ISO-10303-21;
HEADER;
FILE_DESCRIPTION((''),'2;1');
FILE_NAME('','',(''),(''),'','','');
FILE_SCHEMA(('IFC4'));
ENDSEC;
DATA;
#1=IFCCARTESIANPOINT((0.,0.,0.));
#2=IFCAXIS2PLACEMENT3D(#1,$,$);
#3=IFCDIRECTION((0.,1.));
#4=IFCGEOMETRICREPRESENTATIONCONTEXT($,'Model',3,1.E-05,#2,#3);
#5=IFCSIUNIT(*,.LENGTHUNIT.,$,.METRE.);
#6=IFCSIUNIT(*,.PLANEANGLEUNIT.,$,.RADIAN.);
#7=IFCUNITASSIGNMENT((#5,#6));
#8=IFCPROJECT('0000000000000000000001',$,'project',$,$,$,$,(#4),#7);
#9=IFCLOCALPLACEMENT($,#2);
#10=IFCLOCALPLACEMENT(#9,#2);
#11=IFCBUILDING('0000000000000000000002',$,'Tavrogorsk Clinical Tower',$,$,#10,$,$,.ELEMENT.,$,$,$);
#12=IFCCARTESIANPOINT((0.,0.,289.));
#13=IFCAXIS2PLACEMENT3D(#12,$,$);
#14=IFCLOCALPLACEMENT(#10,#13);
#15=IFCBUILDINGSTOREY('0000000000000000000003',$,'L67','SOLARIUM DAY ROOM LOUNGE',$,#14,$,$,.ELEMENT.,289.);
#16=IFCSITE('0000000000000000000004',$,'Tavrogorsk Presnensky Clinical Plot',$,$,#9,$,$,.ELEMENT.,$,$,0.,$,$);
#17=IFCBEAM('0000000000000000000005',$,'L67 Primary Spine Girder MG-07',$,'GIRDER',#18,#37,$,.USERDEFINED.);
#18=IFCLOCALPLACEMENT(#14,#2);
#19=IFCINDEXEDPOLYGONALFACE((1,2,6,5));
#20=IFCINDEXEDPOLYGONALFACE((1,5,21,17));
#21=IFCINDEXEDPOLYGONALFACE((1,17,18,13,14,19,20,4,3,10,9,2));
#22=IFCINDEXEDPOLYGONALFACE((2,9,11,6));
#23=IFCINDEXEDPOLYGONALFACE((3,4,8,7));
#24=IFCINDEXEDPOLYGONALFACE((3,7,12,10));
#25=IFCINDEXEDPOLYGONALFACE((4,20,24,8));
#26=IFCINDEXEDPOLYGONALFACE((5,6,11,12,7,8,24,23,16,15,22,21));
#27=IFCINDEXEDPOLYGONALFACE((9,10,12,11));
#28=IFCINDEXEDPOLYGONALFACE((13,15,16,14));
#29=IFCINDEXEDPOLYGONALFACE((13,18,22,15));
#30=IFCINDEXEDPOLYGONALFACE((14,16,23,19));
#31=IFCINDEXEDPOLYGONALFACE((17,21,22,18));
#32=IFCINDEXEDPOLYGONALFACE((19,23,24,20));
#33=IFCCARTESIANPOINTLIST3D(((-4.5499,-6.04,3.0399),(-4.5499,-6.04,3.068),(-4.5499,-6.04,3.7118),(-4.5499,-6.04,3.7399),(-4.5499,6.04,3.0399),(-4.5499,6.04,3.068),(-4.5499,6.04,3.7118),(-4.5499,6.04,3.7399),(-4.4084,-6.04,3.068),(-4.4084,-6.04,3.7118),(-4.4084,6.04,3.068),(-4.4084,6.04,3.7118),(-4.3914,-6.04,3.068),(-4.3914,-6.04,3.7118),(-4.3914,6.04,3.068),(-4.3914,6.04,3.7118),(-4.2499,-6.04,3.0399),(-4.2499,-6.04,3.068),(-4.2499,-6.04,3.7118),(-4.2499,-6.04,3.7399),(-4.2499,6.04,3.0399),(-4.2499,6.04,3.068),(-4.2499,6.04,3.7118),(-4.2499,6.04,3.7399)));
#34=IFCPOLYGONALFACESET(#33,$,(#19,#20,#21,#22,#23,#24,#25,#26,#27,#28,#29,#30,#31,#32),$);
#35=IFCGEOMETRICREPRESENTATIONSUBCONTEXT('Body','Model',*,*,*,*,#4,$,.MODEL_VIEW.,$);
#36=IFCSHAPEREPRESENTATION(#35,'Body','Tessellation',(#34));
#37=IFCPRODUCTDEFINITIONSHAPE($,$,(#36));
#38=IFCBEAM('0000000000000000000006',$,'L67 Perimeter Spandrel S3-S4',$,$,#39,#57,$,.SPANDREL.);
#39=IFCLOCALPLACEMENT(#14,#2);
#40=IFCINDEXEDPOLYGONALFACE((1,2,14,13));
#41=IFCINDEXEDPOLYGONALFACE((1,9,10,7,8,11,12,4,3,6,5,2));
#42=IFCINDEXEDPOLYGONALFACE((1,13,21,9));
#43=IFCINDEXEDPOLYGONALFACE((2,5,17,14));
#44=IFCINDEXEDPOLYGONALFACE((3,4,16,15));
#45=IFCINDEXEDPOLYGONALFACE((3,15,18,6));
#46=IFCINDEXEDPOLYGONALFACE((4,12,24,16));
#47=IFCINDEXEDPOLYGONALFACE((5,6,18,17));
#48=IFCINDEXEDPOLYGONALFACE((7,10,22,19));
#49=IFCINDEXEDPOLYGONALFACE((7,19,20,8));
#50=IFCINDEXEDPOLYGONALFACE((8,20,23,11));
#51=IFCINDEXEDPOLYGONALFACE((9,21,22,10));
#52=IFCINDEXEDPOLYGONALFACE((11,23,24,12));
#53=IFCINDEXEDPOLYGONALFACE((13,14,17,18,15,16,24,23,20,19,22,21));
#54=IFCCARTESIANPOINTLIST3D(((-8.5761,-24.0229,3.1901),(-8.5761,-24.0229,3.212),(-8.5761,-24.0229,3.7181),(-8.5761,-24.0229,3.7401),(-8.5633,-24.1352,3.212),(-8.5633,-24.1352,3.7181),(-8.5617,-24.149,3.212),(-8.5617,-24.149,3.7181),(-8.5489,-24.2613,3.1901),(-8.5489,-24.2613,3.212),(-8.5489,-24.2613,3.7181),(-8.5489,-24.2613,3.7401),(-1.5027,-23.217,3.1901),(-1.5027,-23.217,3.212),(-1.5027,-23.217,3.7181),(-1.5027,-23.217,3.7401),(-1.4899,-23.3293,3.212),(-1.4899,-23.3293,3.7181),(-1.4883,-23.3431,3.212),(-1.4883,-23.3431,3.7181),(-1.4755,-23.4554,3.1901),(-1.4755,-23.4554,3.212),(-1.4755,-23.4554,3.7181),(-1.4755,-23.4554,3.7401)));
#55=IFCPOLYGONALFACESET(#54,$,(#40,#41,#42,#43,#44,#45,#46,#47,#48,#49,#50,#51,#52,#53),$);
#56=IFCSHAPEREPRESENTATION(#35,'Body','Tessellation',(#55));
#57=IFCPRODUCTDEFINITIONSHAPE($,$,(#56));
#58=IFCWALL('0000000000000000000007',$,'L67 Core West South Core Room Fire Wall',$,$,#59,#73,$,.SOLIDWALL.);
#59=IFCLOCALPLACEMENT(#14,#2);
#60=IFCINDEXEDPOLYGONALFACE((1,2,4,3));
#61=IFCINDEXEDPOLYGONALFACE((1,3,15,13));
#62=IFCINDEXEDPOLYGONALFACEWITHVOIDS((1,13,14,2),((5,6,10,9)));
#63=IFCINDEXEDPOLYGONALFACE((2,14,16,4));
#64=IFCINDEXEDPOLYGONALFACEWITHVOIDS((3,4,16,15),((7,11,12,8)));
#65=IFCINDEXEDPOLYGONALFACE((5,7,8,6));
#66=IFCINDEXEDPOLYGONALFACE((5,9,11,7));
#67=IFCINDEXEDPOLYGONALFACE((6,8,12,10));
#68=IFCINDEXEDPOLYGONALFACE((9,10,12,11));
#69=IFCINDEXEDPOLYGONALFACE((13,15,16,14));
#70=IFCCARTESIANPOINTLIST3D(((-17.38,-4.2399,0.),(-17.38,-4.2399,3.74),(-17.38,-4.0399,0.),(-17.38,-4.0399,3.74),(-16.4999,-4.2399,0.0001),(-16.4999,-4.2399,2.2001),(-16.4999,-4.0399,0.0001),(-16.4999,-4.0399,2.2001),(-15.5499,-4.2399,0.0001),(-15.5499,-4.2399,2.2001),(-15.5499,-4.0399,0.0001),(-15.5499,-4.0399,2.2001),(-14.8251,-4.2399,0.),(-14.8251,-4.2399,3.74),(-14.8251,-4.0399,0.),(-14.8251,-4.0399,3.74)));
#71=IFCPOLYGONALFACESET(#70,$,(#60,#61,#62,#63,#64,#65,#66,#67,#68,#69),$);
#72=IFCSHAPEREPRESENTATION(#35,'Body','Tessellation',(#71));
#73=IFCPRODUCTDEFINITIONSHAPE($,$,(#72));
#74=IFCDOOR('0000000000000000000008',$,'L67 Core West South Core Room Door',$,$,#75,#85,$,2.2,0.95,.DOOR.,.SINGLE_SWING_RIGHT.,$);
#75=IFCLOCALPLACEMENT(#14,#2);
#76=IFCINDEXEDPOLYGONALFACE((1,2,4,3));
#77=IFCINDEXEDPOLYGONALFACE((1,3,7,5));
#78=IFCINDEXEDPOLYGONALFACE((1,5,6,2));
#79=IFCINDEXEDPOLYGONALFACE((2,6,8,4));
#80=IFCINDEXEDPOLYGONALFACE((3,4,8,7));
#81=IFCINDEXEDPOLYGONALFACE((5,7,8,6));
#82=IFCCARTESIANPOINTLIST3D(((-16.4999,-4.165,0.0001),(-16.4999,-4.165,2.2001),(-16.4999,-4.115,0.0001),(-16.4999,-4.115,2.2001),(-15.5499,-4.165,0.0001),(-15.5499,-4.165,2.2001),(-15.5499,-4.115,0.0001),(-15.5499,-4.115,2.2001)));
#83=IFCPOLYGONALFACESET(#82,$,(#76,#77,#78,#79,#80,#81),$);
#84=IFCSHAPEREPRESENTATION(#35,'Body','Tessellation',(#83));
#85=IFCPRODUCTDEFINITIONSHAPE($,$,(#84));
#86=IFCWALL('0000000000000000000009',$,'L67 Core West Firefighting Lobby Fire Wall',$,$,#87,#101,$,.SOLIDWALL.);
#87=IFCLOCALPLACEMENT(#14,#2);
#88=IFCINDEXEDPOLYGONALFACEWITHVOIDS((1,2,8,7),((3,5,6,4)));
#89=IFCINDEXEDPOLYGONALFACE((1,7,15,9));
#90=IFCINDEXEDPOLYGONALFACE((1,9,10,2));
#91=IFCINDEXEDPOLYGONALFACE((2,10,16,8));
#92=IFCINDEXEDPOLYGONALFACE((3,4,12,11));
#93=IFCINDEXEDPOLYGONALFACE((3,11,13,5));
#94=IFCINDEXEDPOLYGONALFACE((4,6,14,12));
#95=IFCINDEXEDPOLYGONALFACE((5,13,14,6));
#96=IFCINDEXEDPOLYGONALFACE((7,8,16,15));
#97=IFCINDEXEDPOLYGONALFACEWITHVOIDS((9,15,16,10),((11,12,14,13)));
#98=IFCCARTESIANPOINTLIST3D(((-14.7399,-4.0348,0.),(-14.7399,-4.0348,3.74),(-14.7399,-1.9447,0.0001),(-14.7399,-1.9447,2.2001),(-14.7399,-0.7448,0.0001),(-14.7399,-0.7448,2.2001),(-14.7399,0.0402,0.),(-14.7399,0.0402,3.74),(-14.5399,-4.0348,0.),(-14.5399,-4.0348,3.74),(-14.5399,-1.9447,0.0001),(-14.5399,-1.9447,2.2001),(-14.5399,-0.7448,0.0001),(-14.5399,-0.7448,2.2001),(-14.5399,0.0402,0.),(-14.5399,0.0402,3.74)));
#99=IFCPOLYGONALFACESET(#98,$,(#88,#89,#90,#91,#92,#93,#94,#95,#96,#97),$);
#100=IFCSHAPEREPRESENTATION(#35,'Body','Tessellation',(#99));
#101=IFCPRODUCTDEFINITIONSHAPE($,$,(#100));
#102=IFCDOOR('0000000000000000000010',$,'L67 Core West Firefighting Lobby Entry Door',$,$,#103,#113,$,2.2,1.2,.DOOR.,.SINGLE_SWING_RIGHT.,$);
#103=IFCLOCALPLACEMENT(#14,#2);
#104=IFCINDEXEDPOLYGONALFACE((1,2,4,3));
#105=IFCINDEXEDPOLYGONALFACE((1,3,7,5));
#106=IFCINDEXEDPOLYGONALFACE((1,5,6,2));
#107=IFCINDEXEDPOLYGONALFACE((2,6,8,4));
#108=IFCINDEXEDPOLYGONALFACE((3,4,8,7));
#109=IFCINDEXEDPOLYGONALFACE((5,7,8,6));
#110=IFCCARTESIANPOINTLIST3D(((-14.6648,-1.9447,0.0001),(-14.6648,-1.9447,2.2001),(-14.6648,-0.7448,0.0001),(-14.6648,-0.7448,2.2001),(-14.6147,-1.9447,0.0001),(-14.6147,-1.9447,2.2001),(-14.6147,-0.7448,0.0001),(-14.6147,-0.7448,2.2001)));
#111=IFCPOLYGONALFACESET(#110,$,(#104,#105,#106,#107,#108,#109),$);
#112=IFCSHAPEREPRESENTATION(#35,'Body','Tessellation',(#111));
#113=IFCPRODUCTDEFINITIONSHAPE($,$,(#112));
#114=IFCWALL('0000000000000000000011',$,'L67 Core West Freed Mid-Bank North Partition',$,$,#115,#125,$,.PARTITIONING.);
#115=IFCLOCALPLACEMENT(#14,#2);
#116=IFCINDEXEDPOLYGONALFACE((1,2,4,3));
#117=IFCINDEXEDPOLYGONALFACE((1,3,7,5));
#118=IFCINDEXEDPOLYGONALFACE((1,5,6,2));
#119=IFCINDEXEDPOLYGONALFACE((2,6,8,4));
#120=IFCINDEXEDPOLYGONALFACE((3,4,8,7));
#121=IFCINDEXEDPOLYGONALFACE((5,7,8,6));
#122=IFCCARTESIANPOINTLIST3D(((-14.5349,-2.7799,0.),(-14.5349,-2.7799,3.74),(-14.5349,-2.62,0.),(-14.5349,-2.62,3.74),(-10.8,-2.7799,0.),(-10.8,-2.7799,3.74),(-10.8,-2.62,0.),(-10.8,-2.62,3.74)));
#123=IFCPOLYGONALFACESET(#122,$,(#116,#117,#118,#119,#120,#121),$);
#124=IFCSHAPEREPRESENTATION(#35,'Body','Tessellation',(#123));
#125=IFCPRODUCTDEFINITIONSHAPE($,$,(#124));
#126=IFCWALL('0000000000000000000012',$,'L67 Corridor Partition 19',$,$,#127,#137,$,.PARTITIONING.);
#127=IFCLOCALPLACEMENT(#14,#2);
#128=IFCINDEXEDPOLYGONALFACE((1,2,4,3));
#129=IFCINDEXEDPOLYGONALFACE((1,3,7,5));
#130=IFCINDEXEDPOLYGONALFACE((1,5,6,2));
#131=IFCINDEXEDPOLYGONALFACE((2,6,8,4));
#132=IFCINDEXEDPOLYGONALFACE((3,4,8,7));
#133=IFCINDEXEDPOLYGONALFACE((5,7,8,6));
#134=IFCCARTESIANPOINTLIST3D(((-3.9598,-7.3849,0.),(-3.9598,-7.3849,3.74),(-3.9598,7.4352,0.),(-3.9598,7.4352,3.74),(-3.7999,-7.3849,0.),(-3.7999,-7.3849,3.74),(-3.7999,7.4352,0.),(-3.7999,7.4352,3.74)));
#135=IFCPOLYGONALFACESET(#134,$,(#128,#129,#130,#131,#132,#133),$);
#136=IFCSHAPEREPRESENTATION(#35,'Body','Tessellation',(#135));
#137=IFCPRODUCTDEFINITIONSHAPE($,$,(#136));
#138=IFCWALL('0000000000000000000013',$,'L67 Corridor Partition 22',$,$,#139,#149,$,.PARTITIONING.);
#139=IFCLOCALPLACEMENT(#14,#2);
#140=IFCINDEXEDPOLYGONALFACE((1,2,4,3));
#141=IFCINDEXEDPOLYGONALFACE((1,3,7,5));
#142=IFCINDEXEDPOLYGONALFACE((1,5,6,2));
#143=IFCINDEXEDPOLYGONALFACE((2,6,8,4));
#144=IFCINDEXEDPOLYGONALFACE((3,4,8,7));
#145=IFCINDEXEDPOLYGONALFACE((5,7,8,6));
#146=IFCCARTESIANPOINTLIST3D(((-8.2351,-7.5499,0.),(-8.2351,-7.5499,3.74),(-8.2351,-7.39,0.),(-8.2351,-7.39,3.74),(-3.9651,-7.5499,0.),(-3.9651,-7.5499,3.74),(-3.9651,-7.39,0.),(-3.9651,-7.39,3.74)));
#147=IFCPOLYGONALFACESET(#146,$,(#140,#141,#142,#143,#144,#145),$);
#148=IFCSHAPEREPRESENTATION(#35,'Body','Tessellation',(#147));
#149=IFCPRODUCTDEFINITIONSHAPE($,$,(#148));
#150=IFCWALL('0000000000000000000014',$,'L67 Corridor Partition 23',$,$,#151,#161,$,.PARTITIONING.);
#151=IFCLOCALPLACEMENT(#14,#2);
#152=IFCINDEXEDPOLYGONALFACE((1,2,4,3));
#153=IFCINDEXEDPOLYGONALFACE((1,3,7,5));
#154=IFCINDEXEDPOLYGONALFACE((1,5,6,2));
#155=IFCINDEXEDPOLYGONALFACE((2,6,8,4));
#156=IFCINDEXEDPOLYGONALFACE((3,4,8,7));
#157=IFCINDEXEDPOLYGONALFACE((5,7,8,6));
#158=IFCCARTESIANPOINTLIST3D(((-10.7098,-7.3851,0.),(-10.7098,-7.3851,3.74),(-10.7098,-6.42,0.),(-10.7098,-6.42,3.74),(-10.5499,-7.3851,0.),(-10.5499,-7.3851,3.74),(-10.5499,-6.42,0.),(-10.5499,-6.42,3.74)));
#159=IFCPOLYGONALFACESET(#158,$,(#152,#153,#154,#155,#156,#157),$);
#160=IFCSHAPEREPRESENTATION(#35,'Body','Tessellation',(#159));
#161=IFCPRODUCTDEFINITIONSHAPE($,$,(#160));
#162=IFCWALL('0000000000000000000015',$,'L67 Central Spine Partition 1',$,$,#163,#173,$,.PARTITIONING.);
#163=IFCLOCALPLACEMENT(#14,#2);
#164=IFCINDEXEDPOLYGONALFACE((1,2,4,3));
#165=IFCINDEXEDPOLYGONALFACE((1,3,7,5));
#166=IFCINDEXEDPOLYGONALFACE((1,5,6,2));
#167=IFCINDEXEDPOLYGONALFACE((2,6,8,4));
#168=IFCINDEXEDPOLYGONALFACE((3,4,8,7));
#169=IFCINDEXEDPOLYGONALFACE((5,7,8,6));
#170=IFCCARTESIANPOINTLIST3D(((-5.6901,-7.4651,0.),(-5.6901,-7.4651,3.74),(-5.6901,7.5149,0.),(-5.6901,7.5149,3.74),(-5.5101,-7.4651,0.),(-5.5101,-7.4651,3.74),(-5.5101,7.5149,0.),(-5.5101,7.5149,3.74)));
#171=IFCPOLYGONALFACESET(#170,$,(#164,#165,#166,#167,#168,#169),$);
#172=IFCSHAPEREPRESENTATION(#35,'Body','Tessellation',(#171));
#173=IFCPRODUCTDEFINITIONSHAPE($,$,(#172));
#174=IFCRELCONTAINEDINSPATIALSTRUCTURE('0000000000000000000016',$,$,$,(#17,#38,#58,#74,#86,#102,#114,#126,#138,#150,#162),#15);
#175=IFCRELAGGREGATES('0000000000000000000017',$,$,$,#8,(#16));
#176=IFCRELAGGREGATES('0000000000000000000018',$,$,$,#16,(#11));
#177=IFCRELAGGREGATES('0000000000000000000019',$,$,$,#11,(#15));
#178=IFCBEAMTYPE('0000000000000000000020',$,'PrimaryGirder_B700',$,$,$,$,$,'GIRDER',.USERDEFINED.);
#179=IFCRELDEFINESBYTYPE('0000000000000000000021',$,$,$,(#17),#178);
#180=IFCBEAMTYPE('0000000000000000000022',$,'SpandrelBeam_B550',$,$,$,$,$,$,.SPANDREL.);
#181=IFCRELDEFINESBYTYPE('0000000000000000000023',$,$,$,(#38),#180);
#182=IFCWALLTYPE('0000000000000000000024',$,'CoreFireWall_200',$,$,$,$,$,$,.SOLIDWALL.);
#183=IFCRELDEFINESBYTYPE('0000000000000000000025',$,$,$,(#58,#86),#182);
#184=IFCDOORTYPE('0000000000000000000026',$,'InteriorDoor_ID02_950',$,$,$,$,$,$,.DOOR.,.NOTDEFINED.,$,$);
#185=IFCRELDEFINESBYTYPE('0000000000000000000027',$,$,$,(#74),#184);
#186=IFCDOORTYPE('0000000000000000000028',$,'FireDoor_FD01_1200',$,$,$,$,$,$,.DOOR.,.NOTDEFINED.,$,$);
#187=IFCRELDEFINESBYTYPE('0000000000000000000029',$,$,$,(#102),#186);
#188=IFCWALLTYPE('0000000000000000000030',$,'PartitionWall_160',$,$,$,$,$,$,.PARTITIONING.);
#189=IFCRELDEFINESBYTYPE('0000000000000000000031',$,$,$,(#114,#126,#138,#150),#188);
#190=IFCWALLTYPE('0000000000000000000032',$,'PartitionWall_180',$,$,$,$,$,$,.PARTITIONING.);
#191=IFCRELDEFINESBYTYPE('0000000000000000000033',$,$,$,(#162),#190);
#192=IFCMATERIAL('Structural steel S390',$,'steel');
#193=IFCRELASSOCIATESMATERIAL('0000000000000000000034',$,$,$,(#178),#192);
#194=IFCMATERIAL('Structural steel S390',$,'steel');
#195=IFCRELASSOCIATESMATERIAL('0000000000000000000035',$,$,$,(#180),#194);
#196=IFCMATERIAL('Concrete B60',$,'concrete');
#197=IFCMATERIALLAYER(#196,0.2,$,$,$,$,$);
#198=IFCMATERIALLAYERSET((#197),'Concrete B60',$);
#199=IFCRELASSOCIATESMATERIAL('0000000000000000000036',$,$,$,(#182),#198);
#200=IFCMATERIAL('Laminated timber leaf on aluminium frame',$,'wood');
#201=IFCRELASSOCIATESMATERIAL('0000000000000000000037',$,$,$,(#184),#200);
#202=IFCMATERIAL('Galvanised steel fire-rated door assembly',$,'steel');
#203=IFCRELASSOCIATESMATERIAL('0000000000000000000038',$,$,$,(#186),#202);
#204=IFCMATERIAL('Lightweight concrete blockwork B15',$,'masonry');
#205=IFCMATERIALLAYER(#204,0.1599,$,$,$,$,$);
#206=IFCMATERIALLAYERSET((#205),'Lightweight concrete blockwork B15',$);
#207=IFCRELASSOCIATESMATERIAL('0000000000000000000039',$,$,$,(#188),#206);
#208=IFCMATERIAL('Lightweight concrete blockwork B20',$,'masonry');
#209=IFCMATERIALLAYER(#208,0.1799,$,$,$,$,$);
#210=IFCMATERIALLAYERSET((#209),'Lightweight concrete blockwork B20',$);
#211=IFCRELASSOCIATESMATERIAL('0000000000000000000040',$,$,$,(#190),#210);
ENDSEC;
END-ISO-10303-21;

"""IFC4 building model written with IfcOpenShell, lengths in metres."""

from ifc_helpers import new_model, si_unit, direction, frame, frame_2d, origin, origin_2d, place, context, subcontext, project, spatial, rectangle, i_section, extrude, material, layer, layer_set, material_profile, profile_set, type_object, element, fill, save


model = new_model("IFC4")

# Units and contexts
model_context = context("Model", 3, precision=1e-05, world=origin(), true_north=direction((0.0, 1.0)))
body_context = subcontext(model_context, "Body", "Model", "MODEL_VIEW")
ifc_project = project(units=[si_unit("LENGTHUNIT", "METRE"), si_unit("PLANEANGLEUNIT", "RADIAN")], contexts=[model_context])

# Site, building, storey
site_placement = place(None, origin())
site = spatial("IfcSite", under=ifc_project, at=site_placement, Name="Tavrogorsk Presnensky Clinical Plot", CompositionType="ELEMENT", RefElevation=0.0)
building_placement = place(site_placement, origin())
building = spatial("IfcBuilding", under=site, at=building_placement, Name="Tavrogorsk Clinical Tower", CompositionType="ELEMENT")
storey_placement = place(building_placement, frame((0.0, 0.0, 289.0)))
storey = spatial("IfcBuildingStorey", under=building, at=storey_placement, Name="L67", Description="SOLARIUM DAY ROOM LOUNGE", CompositionType="ELEMENT", Elevation=289.0)

# Beams
ifc_material_1 = material(Name="Structural steel S390", Category="steel")
ifc_material_profile_1 = material_profile(ifc_material_1, i_section(OverallWidth=0.3, OverallDepth=0.7, WebThickness=0.0171, FlangeThickness=0.0281, at=origin_2d()), Name="B-700x300x17x28")
ifc_profile_set_1 = profile_set([ifc_material_profile_1], Name="Structural steel S390")
beam_type_1 = type_object("IfcBeamType", Name="PrimaryGirder_B700", ElementType="GIRDER", PredefinedType="USERDEFINED", material=ifc_profile_set_1)
beam_1_placement = place(storey_placement, frame((-4.3999, -6.04, 3.3899), z_axis=(0.0, 1.0, 0.0), x_axis=(-1.0, 0.0, 0.0)))
element("IfcBeam", 1, at=beam_1_placement, inside=storey, type_object=beam_type_1, Name="L67 Primary Spine Girder MG-07", ObjectType="GIRDER", PredefinedType="USERDEFINED", context=body_context, shape_type="SweptSolid", body=[
    extrude(i_section(OverallWidth=0.3, OverallDepth=0.7, WebThickness=0.0171, FlangeThickness=0.0281, at=origin_2d()), origin(), (0.0, 0.0, 1.0), 12.0801),
])
ifc_material_2 = material(Name="Structural steel S390", Category="steel")
ifc_material_profile_2 = material_profile(ifc_material_2, i_section(OverallWidth=0.24, OverallDepth=0.55, WebThickness=0.0139, FlangeThickness=0.022, at=origin_2d()), Name="B-550x240x14x22")
ifc_profile_set_2 = profile_set([ifc_material_profile_2], Name="Structural steel S390")
beam_type_2 = type_object("IfcBeamType", Name="SpandrelBeam_B550", PredefinedType="SPANDREL", material=ifc_profile_set_2)
beam_2_placement = place(storey_placement, frame((-8.5625, -24.1421, 3.4651), z_axis=(0.993572, 0.113201, 0.0), x_axis=(-0.113201, 0.993572, 0.0)))
element("IfcBeam", 2, at=beam_2_placement, inside=storey, type_object=beam_type_2, Name="L67 Perimeter Spandrel S3-S4", PredefinedType="SPANDREL", context=body_context, shape_type="SweptSolid", body=[
    extrude(i_section(OverallWidth=0.24, OverallDepth=0.55, WebThickness=0.0139, FlangeThickness=0.022, at=origin_2d()), origin(), (0.0, 0.0, 1.0), 7.1191),
])

# Walls, openings, doors
ifc_material_3 = material(Name="Concrete B60", Category="concrete")
ifc_layer_1 = layer(ifc_material_3, 0.2)
ifc_layer_set_1 = layer_set([ifc_layer_1], Name="Concrete B60")
wall_type_1 = type_object("IfcWallType", Name="CoreFireWall_200", PredefinedType="SOLIDWALL", material=ifc_layer_set_1)
wall_1_placement = place(storey_placement, frame((-17.3799, -4.1399, 0.0), z_axis=(0.0, 0.0, 1.0), x_axis=(1.0, 0.0, 0.0)))
wall_1 = element("IfcWall", 3, at=wall_1_placement, inside=storey, type_object=wall_type_1, Name="L67 Core West South Core Room Fire Wall", PredefinedType="SOLIDWALL", context=body_context, shape_type="SweptSolid", body=[
    extrude(rectangle(XDim=2.5549, YDim=0.2, at=frame_2d((1.2773, 0.0))), origin(), (0.0, 0.0, 1.0), 3.74),
])
opening_1_placement = place(wall_1_placement, frame((0.8799, 0.0, 0.0)))
opening_1 = element("IfcOpeningElement", 4, at=opening_1_placement, cuts=wall_1, PredefinedType="OPENING", context=body_context, shape_type="SweptSolid", body=[
    extrude(rectangle(XDim=0.95, YDim=2.2, at=frame_2d((0.4751, 1.1001))), frame((0.0, 0.1099, 0.0), z_axis=(0.0, -1.0, 0.0), x_axis=(1.0, 0.0, 0.0)), (0.0, 0.0, 1.0), 0.22),
])
ifc_material_4 = material(Name="Laminated timber leaf on aluminium frame", Category="wood")
door_type_1 = type_object("IfcDoorType", Name="InteriorDoor_ID02_950", OperationType="NOTDEFINED", PredefinedType="DOOR", material=ifc_material_4)
door_1_placement = place(opening_1_placement, origin())
door_1 = element("IfcDoor", 5, at=door_1_placement, inside=storey, type_object=door_type_1, Name="L67 Core West South Core Room Door", OperationType="SINGLE_SWING_RIGHT", OverallHeight=2.2, OverallWidth=0.95, PredefinedType="DOOR", context=body_context, shape_type="SweptSolid", body=[
    extrude(rectangle(XDim=0.95, YDim=2.2, at=frame_2d((0.4751, 1.1001))), frame((0.0, 0.0249, 0.0), z_axis=(0.0, -1.0, 0.0), x_axis=(1.0, 0.0, 0.0)), (0.0, 0.0, 1.0), 0.05),
])
fill(opening_1, door_1)
wall_2_placement = place(storey_placement, frame((-14.6399, -4.0349, 0.0), z_axis=(0.0, 0.0, 1.0), x_axis=(0.0, 1.0, 0.0)))
wall_2 = element("IfcWall", 6, at=wall_2_placement, inside=storey, type_object=wall_type_1, Name="L67 Core West Firefighting Lobby Fire Wall", PredefinedType="SOLIDWALL", context=body_context, shape_type="SweptSolid", body=[
    extrude(rectangle(XDim=4.075, YDim=0.2, at=frame_2d((2.0376, 0.0))), origin(), (0.0, 0.0, 1.0), 3.74),
])
opening_2_placement = place(wall_2_placement, frame((2.0901, 0.0, 0.0)))
opening_2 = element("IfcOpeningElement", 7, at=opening_2_placement, cuts=wall_2, PredefinedType="OPENING", context=body_context, shape_type="SweptSolid", body=[
    extrude(rectangle(XDim=1.2, YDim=2.2, at=frame_2d((0.6001, 1.1001))), frame((0.0, 0.1099, 0.0), z_axis=(0.0, -1.0, 0.0), x_axis=(1.0, 0.0, 0.0)), (0.0, 0.0, 1.0), 0.22),
])
ifc_material_5 = material(Name="Galvanised steel fire-rated door assembly", Category="steel")
door_type_2 = type_object("IfcDoorType", Name="FireDoor_FD01_1200", OperationType="NOTDEFINED", PredefinedType="DOOR", material=ifc_material_5)
door_2_placement = place(opening_2_placement, origin())
door_2 = element("IfcDoor", 8, at=door_2_placement, inside=storey, type_object=door_type_2, Name="L67 Core West Firefighting Lobby Entry Door", OperationType="SINGLE_SWING_RIGHT", OverallHeight=2.2, OverallWidth=1.2, PredefinedType="DOOR", context=body_context, shape_type="SweptSolid", body=[
    extrude(rectangle(XDim=1.2, YDim=2.2, at=frame_2d((0.6001, 1.1001))), frame((0.0, 0.0249, 0.0), z_axis=(0.0, -1.0, 0.0), x_axis=(1.0, 0.0, 0.0)), (0.0, 0.0, 1.0), 0.05),
])
fill(opening_2, door_2)

# Walls
ifc_material_6 = material(Name="Lightweight concrete blockwork B15", Category="masonry")
ifc_layer_2 = layer(ifc_material_6, 0.1599)
ifc_layer_set_2 = layer_set([ifc_layer_2], Name="Lightweight concrete blockwork B15")
wall_type_2 = type_object("IfcWallType", Name="PartitionWall_160", PredefinedType="PARTITIONING", material=ifc_layer_set_2)
wall_3_placement = place(storey_placement, frame((-14.5349, -2.7, 0.0), z_axis=(0.0, 0.0, 1.0), x_axis=(1.0, 0.0, 0.0)))
element("IfcWall", 9, at=wall_3_placement, inside=storey, type_object=wall_type_2, Name="L67 Core West Freed Mid-Bank North Partition", PredefinedType="PARTITIONING", context=body_context, shape_type="SweptSolid", body=[
    extrude(rectangle(XDim=3.7349, YDim=0.1599, at=frame_2d((1.8674, 0.0))), origin(), (0.0, 0.0, 1.0), 3.74),
])
wall_4_placement = place(storey_placement, frame((-3.8799, -7.385, 0.0), z_axis=(0.0, 0.0, 1.0), x_axis=(0.0, 1.0, 0.0)))
element("IfcWall", 10, at=wall_4_placement, inside=storey, type_object=wall_type_2, Name="L67 Corridor Partition 19", PredefinedType="PARTITIONING", context=body_context, shape_type="SweptSolid", body=[
    extrude(rectangle(XDim=14.8201, YDim=0.1599, at=frame_2d((7.4102, 0.0))), origin(), (0.0, 0.0, 1.0), 3.74),
])
wall_5_placement = place(storey_placement, frame((-8.2351, -7.47, 0.0), z_axis=(0.0, 0.0, 1.0), x_axis=(1.0, 0.0, 0.0)))
element("IfcWall", 11, at=wall_5_placement, inside=storey, type_object=wall_type_2, Name="L67 Corridor Partition 22", PredefinedType="PARTITIONING", context=body_context, shape_type="SweptSolid", body=[
    extrude(rectangle(XDim=4.27, YDim=0.1599, at=frame_2d((2.135, 0.0))), origin(), (0.0, 0.0, 1.0), 3.74),
])
wall_6_placement = place(storey_placement, frame((-10.6299, -7.385, 0.0), z_axis=(0.0, 0.0, 1.0), x_axis=(0.0, 1.0, 0.0)))
element("IfcWall", 12, at=wall_6_placement, inside=storey, type_object=wall_type_2, Name="L67 Corridor Partition 23", PredefinedType="PARTITIONING", context=body_context, shape_type="SweptSolid", body=[
    extrude(rectangle(XDim=0.9651, YDim=0.1599, at=frame_2d((0.4824, 0.0))), origin(), (0.0, 0.0, 1.0), 3.74),
])
ifc_material_7 = material(Name="Lightweight concrete blockwork B20", Category="masonry")
ifc_layer_3 = layer(ifc_material_7, 0.1799)
ifc_layer_set_3 = layer_set([ifc_layer_3], Name="Lightweight concrete blockwork B20")
wall_type_3 = type_object("IfcWallType", Name="PartitionWall_180", PredefinedType="PARTITIONING", material=ifc_layer_set_3)
wall_7_placement = place(storey_placement, frame((-5.6001, -7.4651, 0.0), z_axis=(0.0, 0.0, 1.0), x_axis=(0.0, 1.0, 0.0)))
element("IfcWall", 13, at=wall_7_placement, inside=storey, type_object=wall_type_3, Name="L67 Central Spine Partition 1", PredefinedType="PARTITIONING", context=body_context, shape_type="SweptSolid", body=[
    extrude(rectangle(XDim=14.98, YDim=0.1799, at=frame_2d((7.49, 0.0))), origin(), (0.0, 0.0, 1.0), 3.74),
])

save(model, "model.ifc")
